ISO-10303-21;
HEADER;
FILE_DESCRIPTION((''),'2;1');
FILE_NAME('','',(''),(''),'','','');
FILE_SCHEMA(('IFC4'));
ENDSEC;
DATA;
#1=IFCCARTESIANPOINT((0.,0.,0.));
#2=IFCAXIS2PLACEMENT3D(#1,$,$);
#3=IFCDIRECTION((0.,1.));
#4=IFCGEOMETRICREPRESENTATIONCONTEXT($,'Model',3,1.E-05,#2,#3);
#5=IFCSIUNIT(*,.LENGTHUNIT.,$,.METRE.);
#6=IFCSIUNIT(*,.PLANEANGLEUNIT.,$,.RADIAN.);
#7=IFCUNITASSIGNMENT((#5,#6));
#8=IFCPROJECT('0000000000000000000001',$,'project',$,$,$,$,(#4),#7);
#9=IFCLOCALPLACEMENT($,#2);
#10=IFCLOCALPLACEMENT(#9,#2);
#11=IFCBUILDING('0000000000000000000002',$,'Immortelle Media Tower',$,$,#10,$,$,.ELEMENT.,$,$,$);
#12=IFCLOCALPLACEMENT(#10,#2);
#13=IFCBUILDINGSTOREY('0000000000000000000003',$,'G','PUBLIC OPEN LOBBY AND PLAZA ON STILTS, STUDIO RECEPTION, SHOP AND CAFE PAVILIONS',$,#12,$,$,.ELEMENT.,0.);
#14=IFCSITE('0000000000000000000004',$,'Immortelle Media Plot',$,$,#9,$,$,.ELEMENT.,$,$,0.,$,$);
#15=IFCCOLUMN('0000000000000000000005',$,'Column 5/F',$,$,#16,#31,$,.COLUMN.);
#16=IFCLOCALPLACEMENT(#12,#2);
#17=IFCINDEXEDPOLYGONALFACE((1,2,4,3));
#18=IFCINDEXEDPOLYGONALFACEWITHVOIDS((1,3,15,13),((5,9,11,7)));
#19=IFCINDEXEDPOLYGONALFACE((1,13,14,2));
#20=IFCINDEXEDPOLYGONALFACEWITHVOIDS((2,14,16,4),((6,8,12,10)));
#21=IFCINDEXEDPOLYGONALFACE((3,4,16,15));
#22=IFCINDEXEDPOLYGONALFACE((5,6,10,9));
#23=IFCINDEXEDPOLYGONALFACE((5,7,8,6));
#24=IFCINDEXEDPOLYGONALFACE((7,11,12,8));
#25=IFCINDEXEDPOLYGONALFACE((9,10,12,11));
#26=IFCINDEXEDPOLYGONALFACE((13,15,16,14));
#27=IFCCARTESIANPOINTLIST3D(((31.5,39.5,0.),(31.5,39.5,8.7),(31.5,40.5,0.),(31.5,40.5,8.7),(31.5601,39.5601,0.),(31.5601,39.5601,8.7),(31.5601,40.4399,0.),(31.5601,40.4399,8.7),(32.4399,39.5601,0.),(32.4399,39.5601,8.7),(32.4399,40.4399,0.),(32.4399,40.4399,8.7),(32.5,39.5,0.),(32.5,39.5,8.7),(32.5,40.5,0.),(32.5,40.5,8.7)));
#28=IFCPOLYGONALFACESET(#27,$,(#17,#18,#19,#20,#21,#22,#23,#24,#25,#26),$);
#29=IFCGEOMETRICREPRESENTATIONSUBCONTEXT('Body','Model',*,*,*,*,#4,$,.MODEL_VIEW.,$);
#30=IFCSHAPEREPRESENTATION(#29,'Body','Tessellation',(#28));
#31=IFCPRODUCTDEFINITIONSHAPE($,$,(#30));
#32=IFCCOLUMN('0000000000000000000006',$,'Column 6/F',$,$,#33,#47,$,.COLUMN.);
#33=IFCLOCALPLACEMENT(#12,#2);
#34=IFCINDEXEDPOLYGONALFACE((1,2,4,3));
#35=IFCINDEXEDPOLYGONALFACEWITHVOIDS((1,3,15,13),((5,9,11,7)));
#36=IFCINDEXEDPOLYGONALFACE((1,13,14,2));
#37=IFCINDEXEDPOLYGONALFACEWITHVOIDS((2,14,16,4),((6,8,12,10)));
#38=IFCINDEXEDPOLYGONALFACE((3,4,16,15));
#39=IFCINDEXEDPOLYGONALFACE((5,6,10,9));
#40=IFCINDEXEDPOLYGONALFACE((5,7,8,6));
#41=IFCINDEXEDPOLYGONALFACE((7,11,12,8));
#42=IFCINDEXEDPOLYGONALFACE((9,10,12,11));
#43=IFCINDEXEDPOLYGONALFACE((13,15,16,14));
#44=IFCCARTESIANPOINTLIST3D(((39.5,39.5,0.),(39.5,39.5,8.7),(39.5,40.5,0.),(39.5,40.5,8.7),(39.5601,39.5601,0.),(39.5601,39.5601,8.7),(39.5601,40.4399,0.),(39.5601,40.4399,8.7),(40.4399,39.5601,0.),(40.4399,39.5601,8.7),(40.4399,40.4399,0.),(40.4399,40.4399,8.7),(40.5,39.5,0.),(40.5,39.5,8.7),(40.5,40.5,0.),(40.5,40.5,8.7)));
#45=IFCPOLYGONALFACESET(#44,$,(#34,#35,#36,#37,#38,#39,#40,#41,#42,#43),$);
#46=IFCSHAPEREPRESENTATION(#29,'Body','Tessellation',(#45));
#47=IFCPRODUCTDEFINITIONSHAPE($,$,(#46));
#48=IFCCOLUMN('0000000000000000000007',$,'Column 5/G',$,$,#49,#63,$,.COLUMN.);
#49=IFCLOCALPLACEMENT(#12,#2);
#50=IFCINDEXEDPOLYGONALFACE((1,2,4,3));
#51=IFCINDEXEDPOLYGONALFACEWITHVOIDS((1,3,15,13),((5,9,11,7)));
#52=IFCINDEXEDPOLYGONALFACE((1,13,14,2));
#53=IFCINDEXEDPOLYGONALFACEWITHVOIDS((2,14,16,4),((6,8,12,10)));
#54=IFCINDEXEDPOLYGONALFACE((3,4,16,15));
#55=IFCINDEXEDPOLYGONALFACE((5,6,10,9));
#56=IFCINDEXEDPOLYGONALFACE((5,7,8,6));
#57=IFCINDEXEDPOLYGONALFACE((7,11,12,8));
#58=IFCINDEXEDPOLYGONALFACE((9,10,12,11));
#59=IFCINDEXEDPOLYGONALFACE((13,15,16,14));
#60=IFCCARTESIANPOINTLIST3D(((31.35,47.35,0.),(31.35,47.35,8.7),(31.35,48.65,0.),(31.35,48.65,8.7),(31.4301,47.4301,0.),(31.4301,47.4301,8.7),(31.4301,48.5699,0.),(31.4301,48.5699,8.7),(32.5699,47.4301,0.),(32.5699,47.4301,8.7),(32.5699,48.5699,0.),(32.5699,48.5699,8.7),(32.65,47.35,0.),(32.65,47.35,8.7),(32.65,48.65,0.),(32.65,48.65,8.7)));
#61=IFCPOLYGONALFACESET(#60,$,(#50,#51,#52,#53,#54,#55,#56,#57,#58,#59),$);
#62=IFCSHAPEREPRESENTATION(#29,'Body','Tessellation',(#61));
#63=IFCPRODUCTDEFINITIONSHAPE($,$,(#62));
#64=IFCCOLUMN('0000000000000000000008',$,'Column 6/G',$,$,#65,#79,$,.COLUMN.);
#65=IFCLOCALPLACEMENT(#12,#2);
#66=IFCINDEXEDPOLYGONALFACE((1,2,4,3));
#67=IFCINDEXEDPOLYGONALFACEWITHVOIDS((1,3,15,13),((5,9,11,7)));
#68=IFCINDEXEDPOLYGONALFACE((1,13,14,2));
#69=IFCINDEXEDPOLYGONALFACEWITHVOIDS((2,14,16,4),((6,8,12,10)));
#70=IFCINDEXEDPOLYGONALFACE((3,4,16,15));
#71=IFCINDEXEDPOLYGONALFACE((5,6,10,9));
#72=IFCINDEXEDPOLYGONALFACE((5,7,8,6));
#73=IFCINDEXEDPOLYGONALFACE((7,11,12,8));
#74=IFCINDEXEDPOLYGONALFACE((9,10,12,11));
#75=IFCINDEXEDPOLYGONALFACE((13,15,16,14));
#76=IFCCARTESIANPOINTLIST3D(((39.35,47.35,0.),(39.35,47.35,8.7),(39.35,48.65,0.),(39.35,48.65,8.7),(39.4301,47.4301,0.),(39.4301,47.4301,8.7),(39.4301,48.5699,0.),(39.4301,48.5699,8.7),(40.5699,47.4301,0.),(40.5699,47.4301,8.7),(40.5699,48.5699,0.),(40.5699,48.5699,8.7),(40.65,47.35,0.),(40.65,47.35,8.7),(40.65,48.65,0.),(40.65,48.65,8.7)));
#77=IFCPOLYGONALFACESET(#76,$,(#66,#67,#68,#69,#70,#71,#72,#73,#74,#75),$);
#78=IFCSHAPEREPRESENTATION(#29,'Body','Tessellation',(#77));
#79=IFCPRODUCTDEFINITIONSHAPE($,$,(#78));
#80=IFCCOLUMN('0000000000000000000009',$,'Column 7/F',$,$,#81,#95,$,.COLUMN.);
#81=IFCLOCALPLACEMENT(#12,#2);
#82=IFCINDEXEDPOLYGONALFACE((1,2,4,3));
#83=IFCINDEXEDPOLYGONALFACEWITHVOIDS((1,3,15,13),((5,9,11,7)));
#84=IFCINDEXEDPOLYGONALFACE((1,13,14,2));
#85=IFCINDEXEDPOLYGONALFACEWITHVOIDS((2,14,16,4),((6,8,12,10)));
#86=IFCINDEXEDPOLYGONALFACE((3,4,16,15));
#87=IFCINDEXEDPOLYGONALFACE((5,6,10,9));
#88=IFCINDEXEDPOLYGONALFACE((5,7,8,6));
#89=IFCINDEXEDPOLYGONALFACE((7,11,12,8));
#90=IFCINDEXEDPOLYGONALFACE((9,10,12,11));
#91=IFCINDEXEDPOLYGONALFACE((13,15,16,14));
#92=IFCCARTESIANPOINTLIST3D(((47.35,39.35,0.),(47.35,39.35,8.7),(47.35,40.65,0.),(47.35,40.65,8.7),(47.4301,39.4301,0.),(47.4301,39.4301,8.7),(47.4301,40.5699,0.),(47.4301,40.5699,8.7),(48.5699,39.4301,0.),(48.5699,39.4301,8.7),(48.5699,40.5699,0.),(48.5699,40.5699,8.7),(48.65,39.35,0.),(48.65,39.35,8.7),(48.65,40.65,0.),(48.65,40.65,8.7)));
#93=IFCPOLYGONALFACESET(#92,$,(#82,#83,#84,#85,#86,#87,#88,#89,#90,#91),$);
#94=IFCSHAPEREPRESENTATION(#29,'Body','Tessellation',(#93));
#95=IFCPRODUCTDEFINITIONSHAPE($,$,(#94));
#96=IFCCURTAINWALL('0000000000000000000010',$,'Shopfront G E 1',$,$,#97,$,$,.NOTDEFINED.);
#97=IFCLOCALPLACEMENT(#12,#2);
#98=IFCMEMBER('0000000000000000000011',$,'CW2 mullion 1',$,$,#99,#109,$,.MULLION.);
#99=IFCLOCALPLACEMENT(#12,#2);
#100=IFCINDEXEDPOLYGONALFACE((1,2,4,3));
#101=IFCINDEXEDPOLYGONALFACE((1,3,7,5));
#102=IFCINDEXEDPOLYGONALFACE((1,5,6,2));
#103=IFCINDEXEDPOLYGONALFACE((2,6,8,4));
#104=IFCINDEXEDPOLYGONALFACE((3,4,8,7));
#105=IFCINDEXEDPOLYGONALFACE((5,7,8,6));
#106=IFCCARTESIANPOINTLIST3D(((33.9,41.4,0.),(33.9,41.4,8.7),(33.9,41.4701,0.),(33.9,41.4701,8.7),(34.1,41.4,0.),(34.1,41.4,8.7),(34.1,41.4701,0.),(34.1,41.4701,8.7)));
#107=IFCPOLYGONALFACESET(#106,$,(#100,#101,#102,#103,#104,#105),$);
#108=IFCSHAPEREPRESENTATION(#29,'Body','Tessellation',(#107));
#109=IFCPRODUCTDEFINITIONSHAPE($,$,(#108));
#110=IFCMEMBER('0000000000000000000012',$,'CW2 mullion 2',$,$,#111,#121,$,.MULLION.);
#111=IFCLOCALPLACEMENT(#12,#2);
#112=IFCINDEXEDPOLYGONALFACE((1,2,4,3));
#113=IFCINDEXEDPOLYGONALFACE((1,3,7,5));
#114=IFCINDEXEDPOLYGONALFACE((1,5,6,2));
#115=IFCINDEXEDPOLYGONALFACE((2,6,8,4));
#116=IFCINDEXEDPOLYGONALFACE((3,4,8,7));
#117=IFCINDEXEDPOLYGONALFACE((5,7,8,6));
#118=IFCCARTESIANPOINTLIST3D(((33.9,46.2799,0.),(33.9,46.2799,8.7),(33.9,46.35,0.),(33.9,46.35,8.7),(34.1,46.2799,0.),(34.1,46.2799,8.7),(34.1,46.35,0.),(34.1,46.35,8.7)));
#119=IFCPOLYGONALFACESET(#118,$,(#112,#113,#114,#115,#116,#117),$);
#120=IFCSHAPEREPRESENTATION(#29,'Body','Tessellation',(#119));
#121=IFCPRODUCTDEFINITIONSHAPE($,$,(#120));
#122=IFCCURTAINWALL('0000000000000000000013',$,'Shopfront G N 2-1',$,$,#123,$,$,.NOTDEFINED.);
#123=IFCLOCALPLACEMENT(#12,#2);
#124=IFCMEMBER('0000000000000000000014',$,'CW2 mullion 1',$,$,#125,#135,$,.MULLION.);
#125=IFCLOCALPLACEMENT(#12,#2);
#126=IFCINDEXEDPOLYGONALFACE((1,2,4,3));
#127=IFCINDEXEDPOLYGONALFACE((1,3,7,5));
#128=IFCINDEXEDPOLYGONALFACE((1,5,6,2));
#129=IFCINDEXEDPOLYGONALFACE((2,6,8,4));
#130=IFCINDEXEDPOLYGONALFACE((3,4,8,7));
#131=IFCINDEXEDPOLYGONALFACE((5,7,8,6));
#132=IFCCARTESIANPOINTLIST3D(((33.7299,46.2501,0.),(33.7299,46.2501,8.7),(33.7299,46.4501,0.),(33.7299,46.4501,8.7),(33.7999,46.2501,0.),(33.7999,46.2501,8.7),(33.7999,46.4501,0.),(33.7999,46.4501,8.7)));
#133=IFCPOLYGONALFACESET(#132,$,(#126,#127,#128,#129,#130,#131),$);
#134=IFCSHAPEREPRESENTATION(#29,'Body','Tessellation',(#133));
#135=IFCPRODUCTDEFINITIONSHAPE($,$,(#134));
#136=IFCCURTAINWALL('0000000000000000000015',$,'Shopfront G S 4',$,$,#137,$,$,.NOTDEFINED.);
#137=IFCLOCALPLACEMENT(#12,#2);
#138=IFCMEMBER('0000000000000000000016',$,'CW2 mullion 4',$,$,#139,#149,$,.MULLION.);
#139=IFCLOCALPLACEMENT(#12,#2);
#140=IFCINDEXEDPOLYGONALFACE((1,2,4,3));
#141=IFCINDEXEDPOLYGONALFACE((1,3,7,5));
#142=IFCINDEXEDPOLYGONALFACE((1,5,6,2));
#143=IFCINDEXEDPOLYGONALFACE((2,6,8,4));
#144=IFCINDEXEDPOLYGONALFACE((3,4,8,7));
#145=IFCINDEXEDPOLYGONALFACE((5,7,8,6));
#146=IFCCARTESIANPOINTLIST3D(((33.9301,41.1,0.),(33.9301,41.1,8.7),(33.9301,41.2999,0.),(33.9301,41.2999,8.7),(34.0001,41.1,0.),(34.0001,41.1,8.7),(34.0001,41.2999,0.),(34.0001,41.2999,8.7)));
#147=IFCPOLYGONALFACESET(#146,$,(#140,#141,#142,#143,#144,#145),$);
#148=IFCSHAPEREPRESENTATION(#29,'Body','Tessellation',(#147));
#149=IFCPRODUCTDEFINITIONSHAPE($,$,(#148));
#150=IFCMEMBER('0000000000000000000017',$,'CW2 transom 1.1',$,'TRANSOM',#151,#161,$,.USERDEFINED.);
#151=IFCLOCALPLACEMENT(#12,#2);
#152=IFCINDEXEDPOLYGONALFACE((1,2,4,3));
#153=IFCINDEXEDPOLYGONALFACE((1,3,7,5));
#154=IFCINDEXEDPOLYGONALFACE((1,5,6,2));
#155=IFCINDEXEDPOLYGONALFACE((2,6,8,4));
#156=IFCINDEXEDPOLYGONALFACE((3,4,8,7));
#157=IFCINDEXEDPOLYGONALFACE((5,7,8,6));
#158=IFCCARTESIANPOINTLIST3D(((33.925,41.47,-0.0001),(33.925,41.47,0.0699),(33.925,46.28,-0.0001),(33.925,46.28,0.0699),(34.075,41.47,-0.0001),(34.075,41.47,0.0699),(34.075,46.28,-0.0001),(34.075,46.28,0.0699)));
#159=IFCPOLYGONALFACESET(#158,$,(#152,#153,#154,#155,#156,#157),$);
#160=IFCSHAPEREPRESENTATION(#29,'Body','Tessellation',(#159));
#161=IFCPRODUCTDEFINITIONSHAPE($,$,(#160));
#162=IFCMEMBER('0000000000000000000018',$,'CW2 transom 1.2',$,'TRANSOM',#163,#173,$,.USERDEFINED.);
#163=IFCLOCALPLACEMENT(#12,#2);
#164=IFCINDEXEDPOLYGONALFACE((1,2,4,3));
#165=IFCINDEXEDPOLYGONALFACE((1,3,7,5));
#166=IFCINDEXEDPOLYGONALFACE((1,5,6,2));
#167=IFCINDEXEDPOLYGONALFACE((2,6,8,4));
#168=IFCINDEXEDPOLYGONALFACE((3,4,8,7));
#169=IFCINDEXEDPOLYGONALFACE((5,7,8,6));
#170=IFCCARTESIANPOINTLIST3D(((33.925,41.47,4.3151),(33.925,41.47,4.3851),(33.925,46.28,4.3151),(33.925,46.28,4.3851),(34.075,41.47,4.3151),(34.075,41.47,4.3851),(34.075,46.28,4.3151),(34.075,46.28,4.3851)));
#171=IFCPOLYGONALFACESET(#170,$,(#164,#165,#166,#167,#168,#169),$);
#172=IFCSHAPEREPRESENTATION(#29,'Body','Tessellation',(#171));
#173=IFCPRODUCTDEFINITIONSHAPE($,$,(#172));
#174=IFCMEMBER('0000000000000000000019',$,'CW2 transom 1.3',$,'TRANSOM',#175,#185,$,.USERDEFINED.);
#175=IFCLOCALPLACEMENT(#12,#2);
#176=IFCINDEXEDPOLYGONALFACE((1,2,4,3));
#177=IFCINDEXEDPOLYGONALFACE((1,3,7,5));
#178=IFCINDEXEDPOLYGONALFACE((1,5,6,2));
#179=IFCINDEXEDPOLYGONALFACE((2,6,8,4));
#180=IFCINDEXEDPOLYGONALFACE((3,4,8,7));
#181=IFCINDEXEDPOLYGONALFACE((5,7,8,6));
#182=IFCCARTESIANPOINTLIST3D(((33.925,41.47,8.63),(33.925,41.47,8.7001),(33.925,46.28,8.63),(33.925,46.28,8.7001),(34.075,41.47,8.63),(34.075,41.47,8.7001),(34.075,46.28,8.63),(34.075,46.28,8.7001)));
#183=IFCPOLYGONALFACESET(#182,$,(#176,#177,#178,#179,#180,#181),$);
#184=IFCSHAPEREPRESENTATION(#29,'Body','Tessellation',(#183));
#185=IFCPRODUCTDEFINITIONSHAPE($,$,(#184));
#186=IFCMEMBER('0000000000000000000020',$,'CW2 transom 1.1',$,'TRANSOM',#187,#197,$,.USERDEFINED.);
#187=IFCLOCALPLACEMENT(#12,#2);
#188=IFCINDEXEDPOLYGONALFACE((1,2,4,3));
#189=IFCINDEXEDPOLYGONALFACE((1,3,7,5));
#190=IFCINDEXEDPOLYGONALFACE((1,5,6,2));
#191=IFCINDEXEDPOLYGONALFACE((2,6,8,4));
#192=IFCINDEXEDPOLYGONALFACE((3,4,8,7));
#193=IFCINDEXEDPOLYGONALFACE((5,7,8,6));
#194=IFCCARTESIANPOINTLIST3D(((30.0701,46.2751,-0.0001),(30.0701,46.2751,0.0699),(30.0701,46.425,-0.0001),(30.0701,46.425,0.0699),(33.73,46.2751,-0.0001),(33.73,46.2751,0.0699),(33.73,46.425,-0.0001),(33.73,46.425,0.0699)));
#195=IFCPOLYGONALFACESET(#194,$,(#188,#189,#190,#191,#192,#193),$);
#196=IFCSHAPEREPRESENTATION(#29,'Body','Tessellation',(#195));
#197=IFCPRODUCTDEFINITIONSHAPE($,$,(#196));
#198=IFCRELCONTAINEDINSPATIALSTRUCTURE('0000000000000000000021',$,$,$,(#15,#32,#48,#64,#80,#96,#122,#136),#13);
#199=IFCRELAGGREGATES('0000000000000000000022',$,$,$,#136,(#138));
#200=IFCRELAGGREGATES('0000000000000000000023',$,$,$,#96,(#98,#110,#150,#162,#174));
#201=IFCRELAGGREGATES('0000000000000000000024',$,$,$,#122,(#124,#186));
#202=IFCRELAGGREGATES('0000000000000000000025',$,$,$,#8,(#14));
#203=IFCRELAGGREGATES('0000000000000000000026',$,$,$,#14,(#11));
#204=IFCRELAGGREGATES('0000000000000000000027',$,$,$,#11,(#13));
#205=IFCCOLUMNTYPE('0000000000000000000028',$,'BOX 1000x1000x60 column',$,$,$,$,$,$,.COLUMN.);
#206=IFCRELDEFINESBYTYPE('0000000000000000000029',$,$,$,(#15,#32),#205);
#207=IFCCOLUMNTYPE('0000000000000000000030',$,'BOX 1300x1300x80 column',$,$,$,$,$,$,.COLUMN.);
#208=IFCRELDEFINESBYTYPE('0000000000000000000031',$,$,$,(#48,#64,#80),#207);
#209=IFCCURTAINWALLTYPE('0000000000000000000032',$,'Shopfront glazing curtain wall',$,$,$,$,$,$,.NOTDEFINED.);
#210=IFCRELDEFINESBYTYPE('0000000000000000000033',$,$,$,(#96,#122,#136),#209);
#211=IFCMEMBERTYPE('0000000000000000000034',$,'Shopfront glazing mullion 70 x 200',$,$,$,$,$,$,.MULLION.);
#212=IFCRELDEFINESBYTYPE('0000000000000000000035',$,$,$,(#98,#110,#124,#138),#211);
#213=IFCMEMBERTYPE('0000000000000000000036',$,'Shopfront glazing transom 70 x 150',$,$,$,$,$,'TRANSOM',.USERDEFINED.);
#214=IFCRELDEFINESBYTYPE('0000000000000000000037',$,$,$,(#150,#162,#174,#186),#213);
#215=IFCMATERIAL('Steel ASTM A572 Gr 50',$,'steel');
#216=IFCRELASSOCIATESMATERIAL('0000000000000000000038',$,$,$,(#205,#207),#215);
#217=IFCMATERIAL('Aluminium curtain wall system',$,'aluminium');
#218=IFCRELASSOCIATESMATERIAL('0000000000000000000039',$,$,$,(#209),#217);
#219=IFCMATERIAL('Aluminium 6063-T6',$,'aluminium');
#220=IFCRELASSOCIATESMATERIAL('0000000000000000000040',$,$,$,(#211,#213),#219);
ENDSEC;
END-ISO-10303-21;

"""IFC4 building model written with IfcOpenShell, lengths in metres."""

from ifc_helpers import new_model, si_unit, direction, frame, origin, origin_2d, place, context, subcontext, project, spatial, rectangle, hollow_rectangle, extrude, material, material_profile, profile_set, type_object, element, aggregate, save


model = new_model("IFC4")

# Units and contexts
model_context = context("Model", 3, precision=1e-05, world=origin(), true_north=direction((0.0, 1.0)))
body_context = subcontext(model_context, "Body", "Model", "MODEL_VIEW")
ifc_project = project(units=[si_unit("LENGTHUNIT", "METRE"), si_unit("PLANEANGLEUNIT", "RADIAN")], contexts=[model_context])

# Site, building, storey
site_placement = place(None, origin())
site = spatial("IfcSite", under=ifc_project, at=site_placement, Name="Immortelle Media Plot", CompositionType="ELEMENT", RefElevation=0.0)
building_placement = place(site_placement, origin())
building = spatial("IfcBuilding", under=site, at=building_placement, Name="Immortelle Media Tower", CompositionType="ELEMENT")
storey_placement = place(building_placement, origin())
storey = spatial("IfcBuildingStorey", under=building, at=storey_placement, Name="G", Description="PUBLIC OPEN LOBBY AND PLAZA ON STILTS, STUDIO RECEPTION, SHOP AND CAFE PAVILIONS", CompositionType="ELEMENT", Elevation=0.0)

# Columns
ifc_material_1 = material(Name="Steel ASTM A572 Gr 50", Category="steel")
ifc_material_profile_1 = material_profile(ifc_material_1, hollow_rectangle(XDim=1.0, YDim=1.0, WallThickness=0.0601, at=origin_2d()), Name="BOX 1000x1000x60 column")
ifc_profile_set_1 = profile_set([ifc_material_profile_1], Name="Steel ASTM A572 Gr 50")
column_type_1 = type_object("IfcColumnType", Name="BOX 1000x1000x60 column", PredefinedType="COLUMN", material=ifc_profile_set_1)
for number, where, z_axis, x_axis, name in (
    (1, (32.0, 40.0, 0.0), (0.0, 0.0, 1.0), (1.0, 0.0, 0.0), "Column 5/F"),
    (2, (40.0, 40.0, 0.0), (0.0, 0.0, 1.0), (1.0, 0.0, 0.0), "Column 6/F"),
):
    element("IfcColumn", number, at=place(storey_placement, frame(where, z_axis=z_axis, x_axis=x_axis)), inside=storey, type_object=column_type_1, Name=name, PredefinedType="COLUMN", context=body_context, shape_type="SweptSolid", body=[
        extrude(hollow_rectangle(XDim=1.0, YDim=1.0, WallThickness=0.0601, at=origin_2d()), origin(), (0.0, 0.0, 1.0), 8.7),
    ])
ifc_material_profile_2 = material_profile(ifc_material_1, hollow_rectangle(XDim=1.3, YDim=1.3, WallThickness=0.0801, at=origin_2d()), Name="BOX 1300x1300x80 column")
ifc_profile_set_2 = profile_set([ifc_material_profile_2], Name="Steel ASTM A572 Gr 50")
column_type_2 = type_object("IfcColumnType", Name="BOX 1300x1300x80 column", PredefinedType="COLUMN", material=ifc_profile_set_2)
for number, where, z_axis, x_axis, name in (
    (3, (32.0, 48.0, 0.0), (0.0, 0.0, 1.0), (1.0, 0.0, 0.0), "Column 5/G"),
    (4, (40.0, 48.0, 0.0), (0.0, 0.0, 1.0), (1.0, 0.0, 0.0), "Column 6/G"),
    (5, (48.0, 40.0, 0.0), (0.0, 0.0, 1.0), (1.0, 0.0, 0.0), "Column 7/F"),
):
    element("IfcColumn", number, at=place(storey_placement, frame(where, z_axis=z_axis, x_axis=x_axis)), inside=storey, type_object=column_type_2, Name=name, PredefinedType="COLUMN", context=body_context, shape_type="SweptSolid", body=[
        extrude(hollow_rectangle(XDim=1.3, YDim=1.3, WallThickness=0.0801, at=origin_2d()), origin(), (0.0, 0.0, 1.0), 8.7),
    ])

# Curtain wall, members
ifc_material_2 = material(Name="Aluminium curtain wall system", Category="aluminium")
curtain_wall_type = type_object("IfcCurtainWallType", Name="Shopfront glazing curtain wall", PredefinedType="NOTDEFINED", material=ifc_material_2)
curtain_wall_1_placement = place(storey_placement, origin())
curtain_wall_1 = element("IfcCurtainWall", 6, at=curtain_wall_1_placement, inside=storey, type_object=curtain_wall_type, Name="Shopfront G E 1", PredefinedType="NOTDEFINED")
ifc_material_3 = material(Name="Aluminium 6063-T6", Category="aluminium")
ifc_material_profile_3 = material_profile(ifc_material_3, rectangle(XDim=0.2, YDim=0.0701, at=origin_2d()), Name="AL 70x200")
ifc_profile_set_3 = profile_set([ifc_material_profile_3], Name="Aluminium 6063-T6")
member_type_1 = type_object("IfcMemberType", Name="Shopfront glazing mullion 70 x 200", PredefinedType="MULLION", material=ifc_profile_set_3)
member_1_placement = place(storey_placement, frame((34.0, 41.4351, 0.0), z_axis=(0.0, 0.0, 1.0), x_axis=(-1.0, 0.0, 0.0)))
member_1 = element("IfcMember", 7, at=member_1_placement, type_object=member_type_1, Name="CW2 mullion 1", PredefinedType="MULLION", context=body_context, shape_type="SweptSolid", body=[
    extrude(rectangle(XDim=0.2, YDim=0.0701, at=origin_2d()), origin(), (0.0, 0.0, 1.0), 8.7),
])
member_2_placement = place(storey_placement, frame((34.0, 46.3149, 0.0), z_axis=(0.0, 0.0, 1.0), x_axis=(-1.0, 0.0, 0.0)))
member_2 = element("IfcMember", 8, at=member_2_placement, type_object=member_type_1, Name="CW2 mullion 2", PredefinedType="MULLION", context=body_context, shape_type="SweptSolid", body=[
    extrude(rectangle(XDim=0.2, YDim=0.0701, at=origin_2d()), origin(), (0.0, 0.0, 1.0), 8.7),
])

# Curtain walls, members
curtain_wall_2_placement = place(storey_placement, origin())
curtain_wall_2 = element("IfcCurtainWall", 9, at=curtain_wall_2_placement, inside=storey, type_object=curtain_wall_type, Name="Shopfront G N 2-1", PredefinedType="NOTDEFINED")
member_3_placement = place(storey_placement, frame((33.7649, 46.3501, 0.0), z_axis=(0.0, 0.0, 1.0), x_axis=(0.0, -1.0, 0.0)))
member_3 = element("IfcMember", 10, at=member_3_placement, type_object=member_type_1, Name="CW2 mullion 1", PredefinedType="MULLION", context=body_context, shape_type="SweptSolid", body=[
    extrude(rectangle(XDim=0.2, YDim=0.0701, at=origin_2d()), origin(), (0.0, 0.0, 1.0), 8.7),
])
curtain_wall_3_placement = place(storey_placement, origin())
curtain_wall_3 = element("IfcCurtainWall", 11, at=curtain_wall_3_placement, inside=storey, type_object=curtain_wall_type, Name="Shopfront G S 4", PredefinedType="NOTDEFINED")
member_4_placement = place(storey_placement, frame((33.9651, 41.2, 0.0), z_axis=(0.0, 0.0, 1.0), x_axis=(0.0, 1.0, 0.0)))
member_4 = element("IfcMember", 12, at=member_4_placement, type_object=member_type_1, Name="CW2 mullion 4", PredefinedType="MULLION", context=body_context, shape_type="SweptSolid", body=[
    extrude(rectangle(XDim=0.2, YDim=0.0701, at=origin_2d()), origin(), (0.0, 0.0, 1.0), 8.7),
])
aggregate(curtain_wall_3, [member_4])

# Members
ifc_material_profile_4 = material_profile(ifc_material_3, rectangle(XDim=0.1499, YDim=0.0701, at=origin_2d()), Name="AL 70x150")
ifc_profile_set_4 = profile_set([ifc_material_profile_4], Name="Aluminium 6063-T6")
member_type_2 = type_object("IfcMemberType", Name="Shopfront glazing transom 70 x 150", ElementType="TRANSOM", PredefinedType="USERDEFINED", material=ifc_profile_set_4)
member_5_placement = place(storey_placement, frame((34.0, 41.47, 0.0349), z_axis=(0.0, 1.0, 0.0), x_axis=(-1.0, 0.0, 0.0)))
member_5 = element("IfcMember", 13, at=member_5_placement, type_object=member_type_2, Name="CW2 transom 1.1", ObjectType="TRANSOM", PredefinedType="USERDEFINED", context=body_context, shape_type="SweptSolid", body=[
    extrude(rectangle(XDim=0.1499, YDim=0.0701, at=origin_2d()), origin(), (0.0, 0.0, 1.0), 4.8101),
])
member_6_placement = place(storey_placement, frame((34.0, 41.47, 4.3501), z_axis=(0.0, 1.0, 0.0), x_axis=(-1.0, 0.0, 0.0)))
member_6 = element("IfcMember", 14, at=member_6_placement, type_object=member_type_2, Name="CW2 transom 1.2", ObjectType="TRANSOM", PredefinedType="USERDEFINED", context=body_context, shape_type="SweptSolid", body=[
    extrude(rectangle(XDim=0.1499, YDim=0.0701, at=origin_2d()), origin(), (0.0, 0.0, 1.0), 4.8101),
])
member_7_placement = place(storey_placement, frame((34.0, 41.47, 8.665), z_axis=(0.0, 1.0, 0.0), x_axis=(-1.0, 0.0, 0.0)))
member_7 = element("IfcMember", 15, at=member_7_placement, type_object=member_type_2, Name="CW2 transom 1.3", ObjectType="TRANSOM", PredefinedType="USERDEFINED", context=body_context, shape_type="SweptSolid", body=[
    extrude(rectangle(XDim=0.1499, YDim=0.0701, at=origin_2d()), origin(), (0.0, 0.0, 1.0), 4.8101),
])
member_8_placement = place(storey_placement, frame((33.73, 46.3501, 0.0349), z_axis=(-1.0, 0.0, 0.0), x_axis=(0.0, -1.0, 0.0)))
member_8 = element("IfcMember", 16, at=member_8_placement, type_object=member_type_2, Name="CW2 transom 1.1", ObjectType="TRANSOM", PredefinedType="USERDEFINED", context=body_context, shape_type="SweptSolid", body=[
    extrude(rectangle(XDim=0.1499, YDim=0.0701, at=origin_2d()), origin(), (0.0, 0.0, 1.0), 3.6599),
])

aggregate(curtain_wall_1, [member_1, member_2, member_5, member_6, member_7])
aggregate(curtain_wall_2, [member_3, member_8])

save(model, "model.ifc")
